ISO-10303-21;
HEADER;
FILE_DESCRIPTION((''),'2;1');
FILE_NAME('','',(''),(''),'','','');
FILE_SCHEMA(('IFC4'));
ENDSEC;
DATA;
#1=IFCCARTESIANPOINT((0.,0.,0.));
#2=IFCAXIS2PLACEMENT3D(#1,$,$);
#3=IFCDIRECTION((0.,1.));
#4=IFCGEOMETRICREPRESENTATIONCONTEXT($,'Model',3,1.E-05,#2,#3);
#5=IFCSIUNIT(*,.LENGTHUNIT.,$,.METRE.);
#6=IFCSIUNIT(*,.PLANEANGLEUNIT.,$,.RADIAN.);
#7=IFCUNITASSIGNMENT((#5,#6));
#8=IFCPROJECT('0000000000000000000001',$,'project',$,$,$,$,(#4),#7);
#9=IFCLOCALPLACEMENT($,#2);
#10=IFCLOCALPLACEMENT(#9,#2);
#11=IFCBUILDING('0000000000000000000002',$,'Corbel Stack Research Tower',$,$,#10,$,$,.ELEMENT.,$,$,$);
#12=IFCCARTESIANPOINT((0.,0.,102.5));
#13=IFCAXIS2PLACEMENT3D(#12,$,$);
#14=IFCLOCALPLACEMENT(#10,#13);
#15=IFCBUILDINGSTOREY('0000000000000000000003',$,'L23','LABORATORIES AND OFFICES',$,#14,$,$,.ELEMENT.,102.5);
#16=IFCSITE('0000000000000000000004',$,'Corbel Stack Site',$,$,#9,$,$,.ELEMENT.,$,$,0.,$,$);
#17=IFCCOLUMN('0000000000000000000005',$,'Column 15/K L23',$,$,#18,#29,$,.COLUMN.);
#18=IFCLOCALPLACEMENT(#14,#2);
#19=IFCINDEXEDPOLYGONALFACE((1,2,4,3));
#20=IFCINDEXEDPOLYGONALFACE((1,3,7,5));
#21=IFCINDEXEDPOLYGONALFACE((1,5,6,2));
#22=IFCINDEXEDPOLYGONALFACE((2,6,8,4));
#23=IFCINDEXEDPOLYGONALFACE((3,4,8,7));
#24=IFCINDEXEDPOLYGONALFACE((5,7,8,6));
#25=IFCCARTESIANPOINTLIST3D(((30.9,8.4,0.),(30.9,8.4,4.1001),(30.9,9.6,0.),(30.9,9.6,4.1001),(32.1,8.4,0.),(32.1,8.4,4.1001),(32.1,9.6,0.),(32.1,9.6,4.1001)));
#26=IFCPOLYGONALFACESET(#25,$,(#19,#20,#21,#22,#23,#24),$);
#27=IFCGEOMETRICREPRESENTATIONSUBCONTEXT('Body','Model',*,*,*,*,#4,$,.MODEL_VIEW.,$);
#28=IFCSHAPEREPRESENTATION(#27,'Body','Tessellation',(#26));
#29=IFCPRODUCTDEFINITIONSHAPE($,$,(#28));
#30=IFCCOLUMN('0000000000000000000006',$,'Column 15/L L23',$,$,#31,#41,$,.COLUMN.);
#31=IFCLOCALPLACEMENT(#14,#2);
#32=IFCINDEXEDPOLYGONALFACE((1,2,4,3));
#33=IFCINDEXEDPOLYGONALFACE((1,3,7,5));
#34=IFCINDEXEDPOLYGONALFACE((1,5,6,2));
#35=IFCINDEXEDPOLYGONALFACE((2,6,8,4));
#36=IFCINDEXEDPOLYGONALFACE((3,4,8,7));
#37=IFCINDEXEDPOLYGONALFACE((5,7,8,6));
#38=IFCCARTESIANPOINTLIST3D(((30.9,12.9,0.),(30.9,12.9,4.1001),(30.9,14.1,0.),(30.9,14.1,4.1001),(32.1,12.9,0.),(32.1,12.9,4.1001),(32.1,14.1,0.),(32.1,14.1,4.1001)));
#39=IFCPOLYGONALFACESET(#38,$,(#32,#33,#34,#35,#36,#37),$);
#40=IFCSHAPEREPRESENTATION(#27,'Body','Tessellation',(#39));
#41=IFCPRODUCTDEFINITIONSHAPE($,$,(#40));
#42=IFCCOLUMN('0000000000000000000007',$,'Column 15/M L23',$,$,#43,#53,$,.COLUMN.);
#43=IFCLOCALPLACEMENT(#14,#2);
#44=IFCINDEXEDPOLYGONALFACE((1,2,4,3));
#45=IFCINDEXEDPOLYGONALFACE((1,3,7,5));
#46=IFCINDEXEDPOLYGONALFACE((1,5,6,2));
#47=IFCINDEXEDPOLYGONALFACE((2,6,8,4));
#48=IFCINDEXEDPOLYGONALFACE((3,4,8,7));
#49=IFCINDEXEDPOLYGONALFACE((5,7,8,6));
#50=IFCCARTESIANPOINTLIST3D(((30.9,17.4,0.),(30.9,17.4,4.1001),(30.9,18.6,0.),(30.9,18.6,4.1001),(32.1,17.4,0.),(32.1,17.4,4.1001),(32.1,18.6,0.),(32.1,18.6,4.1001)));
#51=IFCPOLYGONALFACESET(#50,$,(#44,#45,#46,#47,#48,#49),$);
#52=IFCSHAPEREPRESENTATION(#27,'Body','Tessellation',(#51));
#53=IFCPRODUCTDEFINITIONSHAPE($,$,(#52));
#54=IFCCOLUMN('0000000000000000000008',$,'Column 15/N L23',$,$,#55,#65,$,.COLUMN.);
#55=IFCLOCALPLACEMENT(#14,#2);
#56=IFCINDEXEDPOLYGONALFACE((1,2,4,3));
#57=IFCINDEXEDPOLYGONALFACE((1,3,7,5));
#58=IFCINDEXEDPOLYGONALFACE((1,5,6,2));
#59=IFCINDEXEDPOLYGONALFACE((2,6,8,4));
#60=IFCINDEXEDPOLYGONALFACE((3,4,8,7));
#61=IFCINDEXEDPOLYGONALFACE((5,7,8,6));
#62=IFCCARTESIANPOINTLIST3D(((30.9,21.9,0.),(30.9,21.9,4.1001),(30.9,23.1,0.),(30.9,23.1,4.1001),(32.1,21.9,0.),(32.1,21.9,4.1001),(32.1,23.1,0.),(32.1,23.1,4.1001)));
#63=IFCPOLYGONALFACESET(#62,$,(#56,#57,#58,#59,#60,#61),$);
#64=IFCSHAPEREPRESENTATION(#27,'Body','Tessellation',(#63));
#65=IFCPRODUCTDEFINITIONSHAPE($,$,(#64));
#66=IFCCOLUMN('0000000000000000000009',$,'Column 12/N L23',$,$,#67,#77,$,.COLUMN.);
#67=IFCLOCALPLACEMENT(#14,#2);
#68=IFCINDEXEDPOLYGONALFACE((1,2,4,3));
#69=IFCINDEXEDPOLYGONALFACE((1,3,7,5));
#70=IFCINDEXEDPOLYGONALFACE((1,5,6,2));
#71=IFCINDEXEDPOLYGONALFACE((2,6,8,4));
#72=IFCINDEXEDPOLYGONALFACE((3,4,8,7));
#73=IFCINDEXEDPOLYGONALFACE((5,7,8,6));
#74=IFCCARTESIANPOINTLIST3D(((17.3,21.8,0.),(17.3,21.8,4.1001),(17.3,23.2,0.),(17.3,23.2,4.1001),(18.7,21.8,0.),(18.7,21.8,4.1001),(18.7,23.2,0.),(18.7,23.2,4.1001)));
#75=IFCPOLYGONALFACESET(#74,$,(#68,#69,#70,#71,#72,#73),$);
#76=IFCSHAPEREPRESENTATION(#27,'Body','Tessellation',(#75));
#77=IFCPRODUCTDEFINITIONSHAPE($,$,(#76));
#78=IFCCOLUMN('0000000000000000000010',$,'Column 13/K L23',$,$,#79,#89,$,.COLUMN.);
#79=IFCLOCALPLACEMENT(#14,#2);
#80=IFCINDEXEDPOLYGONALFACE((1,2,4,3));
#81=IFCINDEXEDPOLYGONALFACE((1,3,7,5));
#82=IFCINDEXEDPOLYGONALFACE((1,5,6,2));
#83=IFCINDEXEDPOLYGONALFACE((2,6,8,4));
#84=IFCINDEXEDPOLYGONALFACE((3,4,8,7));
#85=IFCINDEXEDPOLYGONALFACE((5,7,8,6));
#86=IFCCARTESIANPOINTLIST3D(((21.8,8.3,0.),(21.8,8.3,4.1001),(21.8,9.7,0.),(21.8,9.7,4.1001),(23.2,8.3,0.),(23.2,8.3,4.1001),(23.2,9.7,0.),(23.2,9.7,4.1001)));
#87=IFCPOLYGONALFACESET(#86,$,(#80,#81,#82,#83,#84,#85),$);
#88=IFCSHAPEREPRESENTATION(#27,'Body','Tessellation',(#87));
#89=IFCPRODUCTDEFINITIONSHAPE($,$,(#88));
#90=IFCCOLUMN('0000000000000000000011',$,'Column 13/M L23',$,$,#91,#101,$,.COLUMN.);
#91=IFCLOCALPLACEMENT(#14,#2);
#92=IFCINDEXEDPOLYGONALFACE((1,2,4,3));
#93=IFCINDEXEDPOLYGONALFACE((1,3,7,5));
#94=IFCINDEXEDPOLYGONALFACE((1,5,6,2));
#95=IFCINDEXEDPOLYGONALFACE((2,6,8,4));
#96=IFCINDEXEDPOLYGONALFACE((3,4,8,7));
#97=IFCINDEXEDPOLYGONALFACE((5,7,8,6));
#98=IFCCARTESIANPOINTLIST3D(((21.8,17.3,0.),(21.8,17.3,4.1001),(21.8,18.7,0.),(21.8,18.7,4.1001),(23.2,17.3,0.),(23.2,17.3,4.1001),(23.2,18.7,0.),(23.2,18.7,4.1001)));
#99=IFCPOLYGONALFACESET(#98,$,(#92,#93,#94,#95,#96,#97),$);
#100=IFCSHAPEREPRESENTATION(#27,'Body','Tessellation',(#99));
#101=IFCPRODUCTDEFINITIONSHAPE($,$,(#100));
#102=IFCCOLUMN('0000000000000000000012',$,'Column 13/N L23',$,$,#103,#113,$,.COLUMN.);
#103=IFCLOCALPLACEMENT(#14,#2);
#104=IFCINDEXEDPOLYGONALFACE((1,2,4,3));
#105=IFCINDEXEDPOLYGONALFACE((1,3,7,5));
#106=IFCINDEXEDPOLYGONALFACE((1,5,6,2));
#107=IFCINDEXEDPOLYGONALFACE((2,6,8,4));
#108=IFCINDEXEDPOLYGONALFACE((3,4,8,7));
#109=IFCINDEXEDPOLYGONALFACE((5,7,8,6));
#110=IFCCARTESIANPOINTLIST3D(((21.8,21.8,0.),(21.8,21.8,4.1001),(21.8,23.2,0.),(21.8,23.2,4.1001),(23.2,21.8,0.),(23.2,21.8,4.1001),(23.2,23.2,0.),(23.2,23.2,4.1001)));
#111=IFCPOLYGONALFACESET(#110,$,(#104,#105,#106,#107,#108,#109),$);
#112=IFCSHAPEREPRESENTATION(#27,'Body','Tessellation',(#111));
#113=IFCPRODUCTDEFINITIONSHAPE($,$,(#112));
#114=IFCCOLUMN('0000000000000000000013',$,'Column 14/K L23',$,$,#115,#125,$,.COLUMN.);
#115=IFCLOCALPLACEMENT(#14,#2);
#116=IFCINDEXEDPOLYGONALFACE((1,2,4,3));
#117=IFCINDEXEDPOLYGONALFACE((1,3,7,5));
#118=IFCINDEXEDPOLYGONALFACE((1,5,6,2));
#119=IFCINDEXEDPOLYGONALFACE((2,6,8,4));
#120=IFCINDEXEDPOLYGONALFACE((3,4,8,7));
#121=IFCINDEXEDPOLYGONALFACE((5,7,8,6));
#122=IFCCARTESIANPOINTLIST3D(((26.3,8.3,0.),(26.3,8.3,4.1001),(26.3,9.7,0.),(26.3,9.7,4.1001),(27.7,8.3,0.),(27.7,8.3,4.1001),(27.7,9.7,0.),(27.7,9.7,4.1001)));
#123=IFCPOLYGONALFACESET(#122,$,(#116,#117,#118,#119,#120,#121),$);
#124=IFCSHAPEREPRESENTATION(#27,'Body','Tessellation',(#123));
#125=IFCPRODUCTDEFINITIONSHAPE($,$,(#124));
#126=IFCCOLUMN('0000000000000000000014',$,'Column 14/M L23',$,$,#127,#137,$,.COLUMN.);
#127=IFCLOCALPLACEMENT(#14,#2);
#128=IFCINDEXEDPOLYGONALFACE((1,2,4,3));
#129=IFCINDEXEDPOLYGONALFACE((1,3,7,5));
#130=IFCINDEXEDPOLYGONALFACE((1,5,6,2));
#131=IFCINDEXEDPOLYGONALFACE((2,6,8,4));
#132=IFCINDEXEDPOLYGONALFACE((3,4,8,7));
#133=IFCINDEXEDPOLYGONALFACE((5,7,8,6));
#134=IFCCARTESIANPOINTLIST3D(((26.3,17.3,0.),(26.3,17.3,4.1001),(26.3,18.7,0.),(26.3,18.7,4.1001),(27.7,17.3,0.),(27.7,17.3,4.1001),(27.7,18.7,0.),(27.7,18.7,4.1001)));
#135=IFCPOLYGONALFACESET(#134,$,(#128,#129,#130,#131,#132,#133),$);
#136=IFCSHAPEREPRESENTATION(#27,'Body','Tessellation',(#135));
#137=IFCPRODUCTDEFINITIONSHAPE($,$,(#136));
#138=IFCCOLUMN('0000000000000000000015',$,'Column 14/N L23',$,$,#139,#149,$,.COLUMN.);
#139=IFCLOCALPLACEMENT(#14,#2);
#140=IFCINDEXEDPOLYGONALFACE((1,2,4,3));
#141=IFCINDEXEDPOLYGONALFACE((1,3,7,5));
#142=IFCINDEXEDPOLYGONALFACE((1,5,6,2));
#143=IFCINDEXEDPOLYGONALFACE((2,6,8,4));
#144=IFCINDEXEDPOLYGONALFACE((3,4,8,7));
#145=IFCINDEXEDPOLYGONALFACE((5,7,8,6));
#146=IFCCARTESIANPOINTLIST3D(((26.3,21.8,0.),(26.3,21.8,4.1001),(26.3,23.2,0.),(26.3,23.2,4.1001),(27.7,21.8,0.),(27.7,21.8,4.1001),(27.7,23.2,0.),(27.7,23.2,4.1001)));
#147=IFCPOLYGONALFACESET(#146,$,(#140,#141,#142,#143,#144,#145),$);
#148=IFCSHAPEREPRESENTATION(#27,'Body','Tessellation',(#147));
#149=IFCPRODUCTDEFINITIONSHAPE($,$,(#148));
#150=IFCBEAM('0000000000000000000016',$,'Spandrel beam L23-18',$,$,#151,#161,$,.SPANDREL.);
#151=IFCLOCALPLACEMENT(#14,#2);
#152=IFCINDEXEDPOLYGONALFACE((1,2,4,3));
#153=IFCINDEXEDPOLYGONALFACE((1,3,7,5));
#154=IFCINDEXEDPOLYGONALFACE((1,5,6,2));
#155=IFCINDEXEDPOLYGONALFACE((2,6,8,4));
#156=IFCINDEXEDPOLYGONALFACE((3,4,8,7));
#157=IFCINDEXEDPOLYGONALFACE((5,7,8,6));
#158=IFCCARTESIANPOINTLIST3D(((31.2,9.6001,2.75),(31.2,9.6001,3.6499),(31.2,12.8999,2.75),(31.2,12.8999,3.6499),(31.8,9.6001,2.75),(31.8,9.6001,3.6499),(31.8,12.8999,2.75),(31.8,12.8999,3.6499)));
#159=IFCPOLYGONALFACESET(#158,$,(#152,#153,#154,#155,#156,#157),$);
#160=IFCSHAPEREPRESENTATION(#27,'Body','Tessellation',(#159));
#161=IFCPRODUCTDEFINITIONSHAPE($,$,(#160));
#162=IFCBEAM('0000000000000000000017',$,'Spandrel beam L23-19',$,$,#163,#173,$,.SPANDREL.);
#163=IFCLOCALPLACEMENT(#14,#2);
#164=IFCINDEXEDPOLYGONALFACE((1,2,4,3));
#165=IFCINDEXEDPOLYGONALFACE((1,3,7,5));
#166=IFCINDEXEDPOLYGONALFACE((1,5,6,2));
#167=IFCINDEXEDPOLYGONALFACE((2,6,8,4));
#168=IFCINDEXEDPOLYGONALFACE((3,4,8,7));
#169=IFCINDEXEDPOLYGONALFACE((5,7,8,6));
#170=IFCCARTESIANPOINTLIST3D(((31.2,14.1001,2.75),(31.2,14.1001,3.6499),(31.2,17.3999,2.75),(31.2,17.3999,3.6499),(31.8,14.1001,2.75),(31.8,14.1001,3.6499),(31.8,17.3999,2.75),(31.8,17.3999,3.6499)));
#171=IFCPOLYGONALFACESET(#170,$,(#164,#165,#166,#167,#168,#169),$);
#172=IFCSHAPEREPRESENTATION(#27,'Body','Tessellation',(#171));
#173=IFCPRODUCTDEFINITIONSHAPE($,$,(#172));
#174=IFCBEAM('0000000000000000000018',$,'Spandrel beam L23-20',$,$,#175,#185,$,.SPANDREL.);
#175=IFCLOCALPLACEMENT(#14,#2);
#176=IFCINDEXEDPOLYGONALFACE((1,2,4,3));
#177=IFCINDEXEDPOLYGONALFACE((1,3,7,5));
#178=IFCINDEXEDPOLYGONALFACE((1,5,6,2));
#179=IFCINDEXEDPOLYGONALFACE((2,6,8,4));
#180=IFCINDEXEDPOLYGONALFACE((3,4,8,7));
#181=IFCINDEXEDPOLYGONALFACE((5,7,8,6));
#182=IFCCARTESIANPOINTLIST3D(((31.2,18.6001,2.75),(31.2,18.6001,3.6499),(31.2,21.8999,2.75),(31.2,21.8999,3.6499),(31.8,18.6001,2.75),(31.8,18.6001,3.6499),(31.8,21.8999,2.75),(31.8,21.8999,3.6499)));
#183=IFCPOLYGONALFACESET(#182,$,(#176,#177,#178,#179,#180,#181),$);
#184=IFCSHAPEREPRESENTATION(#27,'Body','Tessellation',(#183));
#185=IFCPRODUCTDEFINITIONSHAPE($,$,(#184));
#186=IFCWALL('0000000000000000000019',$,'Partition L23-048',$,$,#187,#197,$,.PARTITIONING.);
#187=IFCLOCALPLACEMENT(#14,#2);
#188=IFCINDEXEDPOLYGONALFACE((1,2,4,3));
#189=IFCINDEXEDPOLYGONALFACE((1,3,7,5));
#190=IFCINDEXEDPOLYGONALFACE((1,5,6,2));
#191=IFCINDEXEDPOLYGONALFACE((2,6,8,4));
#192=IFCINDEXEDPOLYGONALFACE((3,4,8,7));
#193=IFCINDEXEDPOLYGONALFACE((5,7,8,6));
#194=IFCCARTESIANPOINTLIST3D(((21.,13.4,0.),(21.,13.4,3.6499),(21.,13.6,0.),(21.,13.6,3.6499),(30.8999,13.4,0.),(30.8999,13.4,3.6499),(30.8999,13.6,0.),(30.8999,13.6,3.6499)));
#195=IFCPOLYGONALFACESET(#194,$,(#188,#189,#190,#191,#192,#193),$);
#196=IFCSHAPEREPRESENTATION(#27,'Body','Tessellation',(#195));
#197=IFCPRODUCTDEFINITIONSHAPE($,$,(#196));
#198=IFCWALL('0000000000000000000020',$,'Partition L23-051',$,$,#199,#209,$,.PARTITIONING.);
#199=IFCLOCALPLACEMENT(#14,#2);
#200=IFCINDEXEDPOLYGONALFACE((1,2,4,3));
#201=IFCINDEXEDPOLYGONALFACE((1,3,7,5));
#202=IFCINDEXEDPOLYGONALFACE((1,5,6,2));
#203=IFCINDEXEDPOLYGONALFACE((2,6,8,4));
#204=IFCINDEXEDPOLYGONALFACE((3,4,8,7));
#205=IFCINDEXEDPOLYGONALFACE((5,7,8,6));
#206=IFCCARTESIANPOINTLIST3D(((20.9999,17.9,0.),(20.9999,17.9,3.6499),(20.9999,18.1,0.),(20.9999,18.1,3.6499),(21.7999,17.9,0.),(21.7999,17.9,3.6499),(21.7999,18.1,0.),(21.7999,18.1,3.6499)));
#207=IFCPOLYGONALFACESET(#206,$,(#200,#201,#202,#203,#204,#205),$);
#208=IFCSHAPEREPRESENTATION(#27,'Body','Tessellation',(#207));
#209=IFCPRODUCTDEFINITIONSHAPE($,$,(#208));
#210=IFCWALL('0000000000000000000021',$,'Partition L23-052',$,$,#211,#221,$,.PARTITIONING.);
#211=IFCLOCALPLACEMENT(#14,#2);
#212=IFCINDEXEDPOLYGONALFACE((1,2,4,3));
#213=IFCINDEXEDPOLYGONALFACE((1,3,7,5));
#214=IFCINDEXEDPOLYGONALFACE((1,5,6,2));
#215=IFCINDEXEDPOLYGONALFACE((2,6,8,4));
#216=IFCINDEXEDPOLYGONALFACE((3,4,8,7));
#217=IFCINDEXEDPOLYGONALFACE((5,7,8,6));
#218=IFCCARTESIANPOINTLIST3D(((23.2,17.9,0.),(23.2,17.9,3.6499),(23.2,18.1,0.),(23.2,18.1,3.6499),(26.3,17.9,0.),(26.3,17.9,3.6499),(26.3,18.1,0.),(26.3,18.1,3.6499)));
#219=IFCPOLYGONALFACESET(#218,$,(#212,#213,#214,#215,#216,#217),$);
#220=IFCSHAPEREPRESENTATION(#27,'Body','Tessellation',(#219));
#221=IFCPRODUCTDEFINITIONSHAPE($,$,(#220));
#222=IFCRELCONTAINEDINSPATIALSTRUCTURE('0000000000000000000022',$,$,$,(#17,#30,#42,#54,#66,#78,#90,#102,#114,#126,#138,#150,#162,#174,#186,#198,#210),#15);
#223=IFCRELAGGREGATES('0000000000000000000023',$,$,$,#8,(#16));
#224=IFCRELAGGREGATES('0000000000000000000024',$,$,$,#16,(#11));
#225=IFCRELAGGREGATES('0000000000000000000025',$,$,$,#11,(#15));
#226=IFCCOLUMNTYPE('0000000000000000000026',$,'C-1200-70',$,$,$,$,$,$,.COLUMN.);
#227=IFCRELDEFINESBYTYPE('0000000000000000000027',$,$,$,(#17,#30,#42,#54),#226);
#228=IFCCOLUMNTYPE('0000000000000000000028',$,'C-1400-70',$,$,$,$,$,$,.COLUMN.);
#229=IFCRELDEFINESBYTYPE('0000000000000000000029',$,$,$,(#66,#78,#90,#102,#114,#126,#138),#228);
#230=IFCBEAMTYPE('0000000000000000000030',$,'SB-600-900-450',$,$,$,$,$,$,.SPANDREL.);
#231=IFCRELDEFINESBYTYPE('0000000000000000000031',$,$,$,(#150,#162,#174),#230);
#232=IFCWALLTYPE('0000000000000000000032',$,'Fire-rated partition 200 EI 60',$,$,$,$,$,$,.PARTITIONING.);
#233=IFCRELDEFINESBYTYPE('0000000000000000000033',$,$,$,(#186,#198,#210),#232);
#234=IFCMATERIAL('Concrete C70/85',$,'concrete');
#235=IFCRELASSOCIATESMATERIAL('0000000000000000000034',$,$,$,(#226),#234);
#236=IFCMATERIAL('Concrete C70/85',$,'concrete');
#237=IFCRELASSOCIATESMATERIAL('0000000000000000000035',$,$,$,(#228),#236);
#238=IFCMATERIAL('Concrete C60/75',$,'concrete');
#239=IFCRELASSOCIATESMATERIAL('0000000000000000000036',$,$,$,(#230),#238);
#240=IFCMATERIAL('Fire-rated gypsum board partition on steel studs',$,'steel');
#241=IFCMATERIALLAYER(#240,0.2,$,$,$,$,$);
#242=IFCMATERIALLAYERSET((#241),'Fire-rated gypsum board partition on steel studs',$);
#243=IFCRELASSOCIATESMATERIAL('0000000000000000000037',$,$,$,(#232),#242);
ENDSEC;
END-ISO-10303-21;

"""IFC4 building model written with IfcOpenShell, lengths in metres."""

from ifc_helpers import new_model, si_unit, direction, frame, frame_2d, origin, origin_2d, place, context, subcontext, project, spatial, rectangle, extrude, material, layer, layer_set, material_profile, profile_set, type_object, element, save


model = new_model("IFC4")

# Units and contexts
model_context = context("Model", 3, precision=1e-05, world=origin(), true_north=direction((0.0, 1.0)))
body_context = subcontext(model_context, "Body", "Model", "MODEL_VIEW")
ifc_project = project(units=[si_unit("LENGTHUNIT", "METRE"), si_unit("PLANEANGLEUNIT", "RADIAN")], contexts=[model_context])

# Site, building, storey
site_placement = place(None, origin())
site = spatial("IfcSite", under=ifc_project, at=site_placement, Name="Corbel Stack Site", CompositionType="ELEMENT", RefElevation=0.0)
building_placement = place(site_placement, origin())
building = spatial("IfcBuilding", under=site, at=building_placement, Name="Corbel Stack Research Tower", CompositionType="ELEMENT")
storey_placement = place(building_placement, frame((0.0, 0.0, 102.5)))
storey = spatial("IfcBuildingStorey", under=building, at=storey_placement, Name="L23", Description="LABORATORIES AND OFFICES", CompositionType="ELEMENT", Elevation=102.5)

# Columns
ifc_material_1 = material(Name="Concrete C70/85", Category="concrete")
ifc_material_profile_1 = material_profile(ifc_material_1, rectangle(XDim=1.2, YDim=1.2, at=origin_2d()), Name="RC 1200 x 1200")
ifc_profile_set_1 = profile_set([ifc_material_profile_1], Name="Concrete C70/85")
column_type_1 = type_object("IfcColumnType", Name="C-1200-70", PredefinedType="COLUMN", material=ifc_profile_set_1)
for number, where, z_axis, x_axis, name in (
    (1, (31.5, 9.0, 0.0), (0.0, 0.0, 1.0), (1.0, 0.0, 0.0), "Column 15/K L23"),
    (2, (31.5, 13.5, 0.0), (0.0, 0.0, 1.0), (1.0, 0.0, 0.0), "Column 15/L L23"),
    (3, (31.5, 18.0, 0.0), (0.0, 0.0, 1.0), (1.0, 0.0, 0.0), "Column 15/M L23"),
    (4, (31.5, 22.5, 0.0), (0.0, 0.0, 1.0), (1.0, 0.0, 0.0), "Column 15/N L23"),
):
    element("IfcColumn", number, at=place(storey_placement, frame(where, z_axis=z_axis, x_axis=x_axis)), inside=storey, type_object=column_type_1, Name=name, PredefinedType="COLUMN", context=body_context, shape_type="SweptSolid", body=[
        extrude(rectangle(XDim=1.2, YDim=1.2, at=origin_2d()), origin(), (0.0, 0.0, 1.0), 4.1001),
    ])
ifc_material_2 = material(Name="Concrete C70/85", Category="concrete")
ifc_material_profile_2 = material_profile(ifc_material_2, rectangle(XDim=1.3999, YDim=1.3999, at=origin_2d()), Name="RC 1400 x 1400")
ifc_profile_set_2 = profile_set([ifc_material_profile_2], Name="Concrete C70/85")
column_type_2 = type_object("IfcColumnType", Name="C-1400-70", PredefinedType="COLUMN", material=ifc_profile_set_2)
for number, where, z_axis, x_axis, name in (
    (5, (18.0, 22.5, 0.0), (0.0, 0.0, 1.0), (1.0, 0.0, 0.0), "Column 12/N L23"),
    (6, (22.5, 9.0, 0.0), (0.0, 0.0, 1.0), (1.0, 0.0, 0.0), "Column 13/K L23"),
    (7, (22.5, 18.0, 0.0), (0.0, 0.0, 1.0), (1.0, 0.0, 0.0), "Column 13/M L23"),
    (8, (22.5, 22.5, 0.0), (0.0, 0.0, 1.0), (1.0, 0.0, 0.0), "Column 13/N L23"),
    (9, (27.0, 9.0, 0.0), (0.0, 0.0, 1.0), (1.0, 0.0, 0.0), "Column 14/K L23"),
    (10, (27.0, 18.0, 0.0), (0.0, 0.0, 1.0), (1.0, 0.0, 0.0), "Column 14/M L23"),
    (11, (27.0, 22.5, 0.0), (0.0, 0.0, 1.0), (1.0, 0.0, 0.0), "Column 14/N L23"),
):
    element("IfcColumn", number, at=place(storey_placement, frame(where, z_axis=z_axis, x_axis=x_axis)), inside=storey, type_object=column_type_2, Name=name, PredefinedType="COLUMN", context=body_context, shape_type="SweptSolid", body=[
        extrude(rectangle(XDim=1.3999, YDim=1.3999, at=origin_2d()), origin(), (0.0, 0.0, 1.0), 4.1001),
    ])

# Beams
ifc_material_3 = material(Name="Concrete C60/75", Category="concrete")
ifc_material_profile_3 = material_profile(ifc_material_3, rectangle(XDim=0.6001, YDim=0.8999, at=origin_2d()), Name="RC 600 x 900")
ifc_profile_set_3 = profile_set([ifc_material_profile_3], Name="Concrete C60/75")
beam_type = type_object("IfcBeamType", Name="SB-600-900-450", PredefinedType="SPANDREL", material=ifc_profile_set_3)
for number, where, z_axis, x_axis, name in (
    (12, (31.5, 9.6001, 3.2), (0.0, 1.0, 0.0), (-1.0, 0.0, 0.0), "Spandrel beam L23-18"),
    (13, (31.5, 14.1001, 3.2), (0.0, 1.0, 0.0), (-1.0, 0.0, 0.0), "Spandrel beam L23-19"),
    (14, (31.5, 18.6001, 3.2), (0.0, 1.0, 0.0), (-1.0, 0.0, 0.0), "Spandrel beam L23-20"),
):
    element("IfcBeam", number, at=place(storey_placement, frame(where, z_axis=z_axis, x_axis=x_axis)), inside=storey, type_object=beam_type, Name=name, PredefinedType="SPANDREL", context=body_context, shape_type="SweptSolid", body=[
        extrude(rectangle(XDim=0.6001, YDim=0.8999, at=origin_2d()), origin(), (0.0, 0.0, 1.0), 3.2998),
    ])

# Walls
ifc_material_4 = material(Name="Fire-rated gypsum board partition on steel studs", Category="steel")
ifc_layer_1 = layer(ifc_material_4, 0.2)
ifc_layer_set_1 = layer_set([ifc_layer_1], Name="Fire-rated gypsum board partition on steel studs")
wall_type_1 = type_object("IfcWallType", Name="Fire-rated partition 200 EI 60", PredefinedType="PARTITIONING", material=ifc_layer_set_1)
wall_1_placement = place(storey_placement, frame((21.0, 13.5, 0.0), z_axis=(0.0, 0.0, 1.0), x_axis=(1.0, 0.0, 0.0)))
element("IfcWall", 15, at=wall_1_placement, inside=storey, type_object=wall_type_1, Name="Partition L23-048", PredefinedType="PARTITIONING", context=body_context, shape_type="SweptSolid", body=[
    extrude(rectangle(XDim=9.8999, YDim=0.2, at=frame_2d((4.95, 0.0))), origin(), (0.0, 0.0, 1.0), 3.6499),
])
wall_2_placement = place(storey_placement, frame((21.0, 18.0, 0.0), z_axis=(0.0, 0.0, 1.0), x_axis=(1.0, 0.0, 0.0)))
element("IfcWall", 16, at=wall_2_placement, inside=storey, type_object=wall_type_1, Name="Partition L23-051", PredefinedType="PARTITIONING", context=body_context, shape_type="SweptSolid", body=[
    extrude(rectangle(XDim=0.8, YDim=0.2, at=frame_2d((0.3999, 0.0))), origin(), (0.0, 0.0, 1.0), 3.6499),
])
wall_3_placement = place(storey_placement, frame((23.2, 18.0, 0.0), z_axis=(0.0, 0.0, 1.0), x_axis=(1.0, 0.0, 0.0)))
element("IfcWall", 17, at=wall_3_placement, inside=storey, type_object=wall_type_1, Name="Partition L23-052", PredefinedType="PARTITIONING", context=body_context, shape_type="SweptSolid", body=[
    extrude(rectangle(XDim=3.1001, YDim=0.2, at=frame_2d((1.55, 0.0))), origin(), (0.0, 0.0, 1.0), 3.6499),
])

save(model, "model.ifc")
